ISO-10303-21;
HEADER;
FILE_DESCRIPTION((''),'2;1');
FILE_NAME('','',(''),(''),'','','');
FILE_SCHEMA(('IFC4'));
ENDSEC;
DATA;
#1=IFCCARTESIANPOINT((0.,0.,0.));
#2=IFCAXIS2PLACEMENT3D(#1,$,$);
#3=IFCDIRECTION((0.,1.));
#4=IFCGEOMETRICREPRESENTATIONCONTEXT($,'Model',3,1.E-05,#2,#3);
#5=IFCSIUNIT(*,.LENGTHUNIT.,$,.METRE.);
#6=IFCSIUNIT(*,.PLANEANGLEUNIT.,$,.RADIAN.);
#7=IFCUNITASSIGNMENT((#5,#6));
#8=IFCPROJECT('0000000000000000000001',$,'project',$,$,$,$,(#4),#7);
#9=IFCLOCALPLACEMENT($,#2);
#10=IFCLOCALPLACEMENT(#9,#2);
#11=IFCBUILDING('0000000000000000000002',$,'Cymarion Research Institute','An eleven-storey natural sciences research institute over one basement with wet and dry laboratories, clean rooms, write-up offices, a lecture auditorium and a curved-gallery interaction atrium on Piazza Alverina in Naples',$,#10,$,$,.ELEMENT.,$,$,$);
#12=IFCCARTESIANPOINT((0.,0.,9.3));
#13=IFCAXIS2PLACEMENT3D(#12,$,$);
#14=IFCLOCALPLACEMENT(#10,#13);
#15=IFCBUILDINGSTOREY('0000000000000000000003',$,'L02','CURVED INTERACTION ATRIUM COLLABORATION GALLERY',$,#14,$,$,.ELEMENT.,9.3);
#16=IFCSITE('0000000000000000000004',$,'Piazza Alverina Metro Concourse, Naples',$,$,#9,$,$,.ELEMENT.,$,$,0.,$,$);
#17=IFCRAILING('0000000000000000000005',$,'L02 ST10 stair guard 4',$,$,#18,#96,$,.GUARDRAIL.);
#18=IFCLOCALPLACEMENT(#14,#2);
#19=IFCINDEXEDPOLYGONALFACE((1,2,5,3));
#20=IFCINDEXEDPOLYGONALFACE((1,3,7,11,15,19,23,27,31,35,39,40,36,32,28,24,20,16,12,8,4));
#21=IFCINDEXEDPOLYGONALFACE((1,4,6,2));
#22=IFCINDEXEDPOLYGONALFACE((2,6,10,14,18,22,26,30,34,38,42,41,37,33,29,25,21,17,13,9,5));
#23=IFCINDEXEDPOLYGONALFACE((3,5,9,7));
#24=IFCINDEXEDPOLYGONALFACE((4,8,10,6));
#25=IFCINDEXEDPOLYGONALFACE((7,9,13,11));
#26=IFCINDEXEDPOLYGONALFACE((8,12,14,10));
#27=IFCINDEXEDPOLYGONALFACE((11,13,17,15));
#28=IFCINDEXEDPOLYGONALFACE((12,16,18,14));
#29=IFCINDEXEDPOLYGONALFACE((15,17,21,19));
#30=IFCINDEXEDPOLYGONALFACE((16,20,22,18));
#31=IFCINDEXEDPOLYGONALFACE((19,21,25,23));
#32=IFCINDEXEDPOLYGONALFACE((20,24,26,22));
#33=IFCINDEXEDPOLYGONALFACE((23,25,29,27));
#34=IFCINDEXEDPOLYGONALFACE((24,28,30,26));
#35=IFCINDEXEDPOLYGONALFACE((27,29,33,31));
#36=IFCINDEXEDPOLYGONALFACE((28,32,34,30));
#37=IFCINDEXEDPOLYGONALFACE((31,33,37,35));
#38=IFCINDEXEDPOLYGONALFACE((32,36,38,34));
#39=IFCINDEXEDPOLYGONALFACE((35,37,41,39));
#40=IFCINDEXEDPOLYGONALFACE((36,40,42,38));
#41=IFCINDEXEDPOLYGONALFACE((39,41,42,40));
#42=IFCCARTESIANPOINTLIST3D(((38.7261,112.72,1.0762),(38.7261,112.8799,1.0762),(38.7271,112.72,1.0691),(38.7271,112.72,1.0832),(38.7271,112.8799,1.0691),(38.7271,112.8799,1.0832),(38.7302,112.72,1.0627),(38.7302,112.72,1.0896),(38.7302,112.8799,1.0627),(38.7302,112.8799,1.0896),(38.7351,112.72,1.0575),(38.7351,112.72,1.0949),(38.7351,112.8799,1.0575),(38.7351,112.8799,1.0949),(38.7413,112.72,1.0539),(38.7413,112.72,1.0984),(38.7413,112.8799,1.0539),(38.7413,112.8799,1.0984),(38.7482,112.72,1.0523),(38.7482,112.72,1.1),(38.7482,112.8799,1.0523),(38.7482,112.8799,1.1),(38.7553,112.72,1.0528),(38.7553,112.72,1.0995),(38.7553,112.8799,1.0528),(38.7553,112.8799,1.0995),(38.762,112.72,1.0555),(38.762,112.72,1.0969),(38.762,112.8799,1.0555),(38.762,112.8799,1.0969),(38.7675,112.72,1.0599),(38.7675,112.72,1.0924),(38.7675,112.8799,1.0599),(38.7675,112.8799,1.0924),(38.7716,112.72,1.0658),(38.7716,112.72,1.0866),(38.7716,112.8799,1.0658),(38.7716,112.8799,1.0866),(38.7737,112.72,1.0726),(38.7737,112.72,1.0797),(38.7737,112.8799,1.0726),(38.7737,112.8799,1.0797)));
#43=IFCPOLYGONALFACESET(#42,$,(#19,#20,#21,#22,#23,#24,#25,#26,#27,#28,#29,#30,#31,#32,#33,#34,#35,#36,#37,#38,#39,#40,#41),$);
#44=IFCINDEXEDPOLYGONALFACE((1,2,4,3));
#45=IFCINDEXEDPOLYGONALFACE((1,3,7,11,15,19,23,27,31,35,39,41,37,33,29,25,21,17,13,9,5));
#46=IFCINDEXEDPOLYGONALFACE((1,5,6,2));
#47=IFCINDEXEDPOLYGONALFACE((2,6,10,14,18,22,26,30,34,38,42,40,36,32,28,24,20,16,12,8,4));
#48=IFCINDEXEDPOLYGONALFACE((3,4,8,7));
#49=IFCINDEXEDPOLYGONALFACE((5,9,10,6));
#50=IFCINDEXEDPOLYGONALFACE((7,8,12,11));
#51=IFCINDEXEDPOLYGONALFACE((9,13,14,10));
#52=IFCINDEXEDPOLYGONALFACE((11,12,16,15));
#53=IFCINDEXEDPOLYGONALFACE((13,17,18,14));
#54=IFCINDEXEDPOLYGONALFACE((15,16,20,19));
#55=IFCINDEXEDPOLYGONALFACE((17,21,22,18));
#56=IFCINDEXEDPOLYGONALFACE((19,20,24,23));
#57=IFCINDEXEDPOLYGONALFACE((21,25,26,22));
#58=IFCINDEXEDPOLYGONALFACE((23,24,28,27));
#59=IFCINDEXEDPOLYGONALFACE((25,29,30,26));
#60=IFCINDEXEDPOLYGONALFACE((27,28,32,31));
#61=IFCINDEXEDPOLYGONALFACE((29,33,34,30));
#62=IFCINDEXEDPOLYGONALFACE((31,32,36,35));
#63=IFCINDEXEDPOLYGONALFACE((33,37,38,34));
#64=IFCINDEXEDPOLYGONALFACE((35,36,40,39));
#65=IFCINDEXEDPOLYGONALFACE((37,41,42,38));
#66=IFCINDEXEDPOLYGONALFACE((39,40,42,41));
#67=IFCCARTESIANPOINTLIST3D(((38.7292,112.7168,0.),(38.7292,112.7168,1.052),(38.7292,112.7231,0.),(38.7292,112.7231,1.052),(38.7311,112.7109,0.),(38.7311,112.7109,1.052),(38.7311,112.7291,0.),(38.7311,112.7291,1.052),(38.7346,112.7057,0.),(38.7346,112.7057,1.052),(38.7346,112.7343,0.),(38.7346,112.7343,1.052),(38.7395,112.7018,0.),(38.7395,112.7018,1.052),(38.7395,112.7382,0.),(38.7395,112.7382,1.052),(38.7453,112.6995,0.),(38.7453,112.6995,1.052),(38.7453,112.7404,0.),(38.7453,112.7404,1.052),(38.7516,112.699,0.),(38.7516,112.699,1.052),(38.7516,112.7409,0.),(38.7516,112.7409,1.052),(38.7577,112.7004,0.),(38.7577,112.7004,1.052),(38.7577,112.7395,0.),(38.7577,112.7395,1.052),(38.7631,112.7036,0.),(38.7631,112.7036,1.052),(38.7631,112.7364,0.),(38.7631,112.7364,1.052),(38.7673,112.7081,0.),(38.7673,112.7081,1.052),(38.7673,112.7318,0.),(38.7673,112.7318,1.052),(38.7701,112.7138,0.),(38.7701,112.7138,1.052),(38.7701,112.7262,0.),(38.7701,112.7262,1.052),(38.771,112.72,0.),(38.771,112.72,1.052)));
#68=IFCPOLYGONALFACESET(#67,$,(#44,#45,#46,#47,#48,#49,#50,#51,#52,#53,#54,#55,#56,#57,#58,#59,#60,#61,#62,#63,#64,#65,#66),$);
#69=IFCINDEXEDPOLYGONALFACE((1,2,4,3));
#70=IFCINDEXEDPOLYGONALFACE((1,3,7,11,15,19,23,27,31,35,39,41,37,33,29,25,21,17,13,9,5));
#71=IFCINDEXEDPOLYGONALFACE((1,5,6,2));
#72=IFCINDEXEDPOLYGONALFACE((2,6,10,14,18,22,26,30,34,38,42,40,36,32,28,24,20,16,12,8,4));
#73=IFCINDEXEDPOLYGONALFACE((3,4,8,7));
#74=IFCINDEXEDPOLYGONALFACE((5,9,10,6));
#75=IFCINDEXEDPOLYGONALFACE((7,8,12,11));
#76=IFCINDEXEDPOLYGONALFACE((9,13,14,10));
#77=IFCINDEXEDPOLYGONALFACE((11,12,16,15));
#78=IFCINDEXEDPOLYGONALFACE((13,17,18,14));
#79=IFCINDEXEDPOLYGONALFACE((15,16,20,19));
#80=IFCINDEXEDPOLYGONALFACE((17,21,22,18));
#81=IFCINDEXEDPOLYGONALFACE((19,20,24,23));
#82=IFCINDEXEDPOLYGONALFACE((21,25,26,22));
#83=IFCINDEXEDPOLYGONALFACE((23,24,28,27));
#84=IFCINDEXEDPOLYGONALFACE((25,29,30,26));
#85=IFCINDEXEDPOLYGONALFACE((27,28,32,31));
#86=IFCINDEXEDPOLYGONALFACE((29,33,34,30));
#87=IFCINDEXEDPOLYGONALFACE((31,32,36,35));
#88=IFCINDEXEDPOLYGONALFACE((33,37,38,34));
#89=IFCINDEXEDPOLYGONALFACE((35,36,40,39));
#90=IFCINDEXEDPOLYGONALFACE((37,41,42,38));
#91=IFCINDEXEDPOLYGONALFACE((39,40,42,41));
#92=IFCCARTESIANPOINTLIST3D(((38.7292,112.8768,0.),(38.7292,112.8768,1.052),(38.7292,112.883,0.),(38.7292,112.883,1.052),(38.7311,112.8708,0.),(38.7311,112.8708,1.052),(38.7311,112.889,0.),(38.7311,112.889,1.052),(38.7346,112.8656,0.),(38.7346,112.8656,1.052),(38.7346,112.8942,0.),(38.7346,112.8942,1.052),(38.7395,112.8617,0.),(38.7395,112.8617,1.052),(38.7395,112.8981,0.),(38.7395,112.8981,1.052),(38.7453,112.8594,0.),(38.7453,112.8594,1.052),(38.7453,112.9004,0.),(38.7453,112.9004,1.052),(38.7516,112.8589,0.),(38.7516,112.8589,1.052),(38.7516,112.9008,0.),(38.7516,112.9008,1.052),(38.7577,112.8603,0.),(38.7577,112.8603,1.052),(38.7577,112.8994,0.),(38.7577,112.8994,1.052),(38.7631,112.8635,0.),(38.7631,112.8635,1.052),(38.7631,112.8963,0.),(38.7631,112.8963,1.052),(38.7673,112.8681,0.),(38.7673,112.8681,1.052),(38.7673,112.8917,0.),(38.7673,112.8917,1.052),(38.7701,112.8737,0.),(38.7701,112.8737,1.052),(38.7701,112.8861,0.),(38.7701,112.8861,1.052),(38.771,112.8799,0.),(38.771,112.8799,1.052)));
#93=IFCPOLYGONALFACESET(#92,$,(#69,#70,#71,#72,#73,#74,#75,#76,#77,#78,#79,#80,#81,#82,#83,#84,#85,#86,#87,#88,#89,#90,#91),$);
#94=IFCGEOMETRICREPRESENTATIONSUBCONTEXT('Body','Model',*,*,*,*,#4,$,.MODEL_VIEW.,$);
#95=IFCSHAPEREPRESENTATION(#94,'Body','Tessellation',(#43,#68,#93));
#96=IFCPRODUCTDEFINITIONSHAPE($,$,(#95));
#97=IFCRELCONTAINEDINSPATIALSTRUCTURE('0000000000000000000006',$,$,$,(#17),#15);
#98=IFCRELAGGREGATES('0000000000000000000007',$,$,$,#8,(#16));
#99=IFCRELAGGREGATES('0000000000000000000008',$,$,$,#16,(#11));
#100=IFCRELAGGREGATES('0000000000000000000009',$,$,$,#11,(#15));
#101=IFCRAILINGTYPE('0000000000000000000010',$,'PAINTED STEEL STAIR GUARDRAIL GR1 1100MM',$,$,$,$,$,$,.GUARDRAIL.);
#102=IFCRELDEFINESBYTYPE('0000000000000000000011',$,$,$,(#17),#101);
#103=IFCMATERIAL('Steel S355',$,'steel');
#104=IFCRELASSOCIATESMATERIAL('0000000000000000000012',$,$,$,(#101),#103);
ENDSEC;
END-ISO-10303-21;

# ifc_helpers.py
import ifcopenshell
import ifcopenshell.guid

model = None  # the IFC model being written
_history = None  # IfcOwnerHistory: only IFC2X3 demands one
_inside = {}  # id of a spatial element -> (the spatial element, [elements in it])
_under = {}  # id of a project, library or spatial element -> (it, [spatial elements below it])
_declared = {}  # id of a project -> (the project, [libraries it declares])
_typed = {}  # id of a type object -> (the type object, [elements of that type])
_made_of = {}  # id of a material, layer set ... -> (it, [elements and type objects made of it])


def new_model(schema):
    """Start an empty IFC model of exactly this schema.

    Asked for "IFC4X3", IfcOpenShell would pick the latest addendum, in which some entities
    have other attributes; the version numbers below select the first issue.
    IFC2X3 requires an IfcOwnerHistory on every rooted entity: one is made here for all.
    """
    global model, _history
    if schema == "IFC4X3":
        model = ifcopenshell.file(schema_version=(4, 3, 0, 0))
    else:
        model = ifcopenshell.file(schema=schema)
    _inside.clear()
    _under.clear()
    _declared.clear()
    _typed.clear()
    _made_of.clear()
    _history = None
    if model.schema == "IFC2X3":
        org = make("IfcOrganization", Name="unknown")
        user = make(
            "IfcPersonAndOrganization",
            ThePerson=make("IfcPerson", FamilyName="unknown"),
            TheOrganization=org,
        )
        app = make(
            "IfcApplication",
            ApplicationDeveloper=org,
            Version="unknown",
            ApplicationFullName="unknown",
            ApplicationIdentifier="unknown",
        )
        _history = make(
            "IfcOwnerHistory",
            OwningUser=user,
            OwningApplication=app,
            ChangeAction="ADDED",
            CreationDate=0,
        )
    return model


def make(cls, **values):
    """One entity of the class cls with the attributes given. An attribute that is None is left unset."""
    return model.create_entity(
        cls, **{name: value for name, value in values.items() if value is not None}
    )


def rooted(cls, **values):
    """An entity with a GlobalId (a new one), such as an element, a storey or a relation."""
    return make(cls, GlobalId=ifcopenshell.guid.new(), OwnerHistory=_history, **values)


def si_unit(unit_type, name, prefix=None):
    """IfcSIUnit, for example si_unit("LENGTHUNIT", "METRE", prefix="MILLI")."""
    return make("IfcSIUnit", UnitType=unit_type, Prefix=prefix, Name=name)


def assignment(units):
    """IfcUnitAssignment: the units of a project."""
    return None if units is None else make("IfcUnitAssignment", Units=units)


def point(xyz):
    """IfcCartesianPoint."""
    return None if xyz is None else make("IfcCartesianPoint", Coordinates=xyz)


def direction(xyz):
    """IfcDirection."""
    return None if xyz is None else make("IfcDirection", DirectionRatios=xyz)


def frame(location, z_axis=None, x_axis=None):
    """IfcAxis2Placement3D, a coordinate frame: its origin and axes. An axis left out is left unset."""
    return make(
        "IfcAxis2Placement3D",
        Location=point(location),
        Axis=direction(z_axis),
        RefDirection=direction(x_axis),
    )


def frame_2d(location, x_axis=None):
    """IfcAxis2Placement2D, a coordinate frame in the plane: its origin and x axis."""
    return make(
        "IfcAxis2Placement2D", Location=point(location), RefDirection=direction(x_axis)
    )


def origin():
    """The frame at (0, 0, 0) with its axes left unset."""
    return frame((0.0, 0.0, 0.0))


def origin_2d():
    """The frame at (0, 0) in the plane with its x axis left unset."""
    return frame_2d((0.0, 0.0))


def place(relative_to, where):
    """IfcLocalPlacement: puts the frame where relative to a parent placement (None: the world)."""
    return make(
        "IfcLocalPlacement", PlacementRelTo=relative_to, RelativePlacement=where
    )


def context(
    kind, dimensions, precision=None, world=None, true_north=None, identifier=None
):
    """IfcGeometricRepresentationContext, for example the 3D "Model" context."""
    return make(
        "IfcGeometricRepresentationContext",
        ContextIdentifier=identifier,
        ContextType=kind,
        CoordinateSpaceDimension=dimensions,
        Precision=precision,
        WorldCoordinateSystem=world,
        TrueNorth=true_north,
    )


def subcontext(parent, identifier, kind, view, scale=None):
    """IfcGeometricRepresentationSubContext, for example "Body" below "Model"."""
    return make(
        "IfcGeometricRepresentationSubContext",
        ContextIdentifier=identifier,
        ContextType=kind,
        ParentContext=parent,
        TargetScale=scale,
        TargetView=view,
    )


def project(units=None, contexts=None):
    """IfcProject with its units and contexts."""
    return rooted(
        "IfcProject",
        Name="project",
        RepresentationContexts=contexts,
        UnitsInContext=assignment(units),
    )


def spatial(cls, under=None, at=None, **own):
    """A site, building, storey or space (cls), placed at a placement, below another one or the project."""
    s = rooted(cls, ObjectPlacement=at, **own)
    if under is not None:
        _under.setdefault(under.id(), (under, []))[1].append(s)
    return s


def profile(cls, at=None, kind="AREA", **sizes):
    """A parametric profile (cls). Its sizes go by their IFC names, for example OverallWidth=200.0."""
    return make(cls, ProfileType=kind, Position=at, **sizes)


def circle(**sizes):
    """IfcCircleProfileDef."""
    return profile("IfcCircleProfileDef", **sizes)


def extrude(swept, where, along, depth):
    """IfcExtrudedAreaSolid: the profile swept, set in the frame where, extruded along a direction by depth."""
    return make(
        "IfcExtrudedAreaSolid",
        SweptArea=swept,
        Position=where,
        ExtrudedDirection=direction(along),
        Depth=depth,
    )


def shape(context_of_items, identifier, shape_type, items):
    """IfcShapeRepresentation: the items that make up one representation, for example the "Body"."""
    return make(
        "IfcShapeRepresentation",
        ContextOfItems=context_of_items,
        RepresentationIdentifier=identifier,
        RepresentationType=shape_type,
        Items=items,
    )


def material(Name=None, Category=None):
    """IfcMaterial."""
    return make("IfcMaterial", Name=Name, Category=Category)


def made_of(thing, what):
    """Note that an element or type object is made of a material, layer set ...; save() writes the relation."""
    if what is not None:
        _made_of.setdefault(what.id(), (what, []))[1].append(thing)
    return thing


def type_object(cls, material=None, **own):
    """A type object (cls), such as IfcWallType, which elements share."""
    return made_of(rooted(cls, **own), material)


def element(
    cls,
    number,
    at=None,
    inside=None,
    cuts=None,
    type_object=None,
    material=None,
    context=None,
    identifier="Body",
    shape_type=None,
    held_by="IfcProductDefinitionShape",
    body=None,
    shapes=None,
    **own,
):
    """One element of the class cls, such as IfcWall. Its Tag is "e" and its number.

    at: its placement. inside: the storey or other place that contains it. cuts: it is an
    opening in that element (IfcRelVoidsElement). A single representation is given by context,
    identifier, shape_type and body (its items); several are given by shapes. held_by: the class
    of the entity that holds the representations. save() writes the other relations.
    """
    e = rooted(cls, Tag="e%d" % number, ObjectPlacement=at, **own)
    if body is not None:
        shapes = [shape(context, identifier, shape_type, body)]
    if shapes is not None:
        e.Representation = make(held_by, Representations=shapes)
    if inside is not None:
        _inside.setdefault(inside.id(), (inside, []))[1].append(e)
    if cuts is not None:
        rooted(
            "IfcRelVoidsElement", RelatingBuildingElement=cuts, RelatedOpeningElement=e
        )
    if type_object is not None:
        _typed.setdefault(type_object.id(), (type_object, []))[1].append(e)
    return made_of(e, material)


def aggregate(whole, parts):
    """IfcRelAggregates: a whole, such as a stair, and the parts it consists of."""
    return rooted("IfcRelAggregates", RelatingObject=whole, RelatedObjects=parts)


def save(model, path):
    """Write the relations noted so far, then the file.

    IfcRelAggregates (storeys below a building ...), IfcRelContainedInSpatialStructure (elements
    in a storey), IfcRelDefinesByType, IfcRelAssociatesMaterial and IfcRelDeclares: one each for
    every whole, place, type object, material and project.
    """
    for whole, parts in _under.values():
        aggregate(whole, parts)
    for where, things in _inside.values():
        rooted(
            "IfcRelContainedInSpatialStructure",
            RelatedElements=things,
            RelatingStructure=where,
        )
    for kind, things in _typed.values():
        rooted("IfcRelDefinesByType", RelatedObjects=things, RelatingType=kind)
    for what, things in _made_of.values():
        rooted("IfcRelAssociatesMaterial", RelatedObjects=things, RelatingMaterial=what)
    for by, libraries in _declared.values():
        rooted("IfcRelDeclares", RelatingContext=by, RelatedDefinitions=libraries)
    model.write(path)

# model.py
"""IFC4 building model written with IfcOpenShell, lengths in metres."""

from ifc_helpers import new_model, si_unit, direction, frame, origin, origin_2d, place, context, subcontext, project, spatial, circle, extrude, material, type_object, element, save


model = new_model("IFC4")

# Units and contexts
model_context = context("Model", 3, precision=1e-05, world=origin(), true_north=direction((0.0, 1.0)))
body_context = subcontext(model_context, "Body", "Model", "MODEL_VIEW")
ifc_project = project(units=[si_unit("LENGTHUNIT", "METRE"), si_unit("PLANEANGLEUNIT", "RADIAN")], contexts=[model_context])

# Site, building, storey
site_placement = place(None, origin())
site = spatial("IfcSite", under=ifc_project, at=site_placement, Name="Piazza Alverina Metro Concourse, Naples", CompositionType="ELEMENT", RefElevation=0.0)
building_placement = place(site_placement, origin())
building = spatial("IfcBuilding", under=site, at=building_placement, Name="Cymarion Research Institute", Description="An eleven-storey natural sciences research institute over one basement with wet and dry laboratories, clean rooms, write-up offices, a lecture auditorium and a curved-gallery interaction atrium on Piazza Alverina in Naples", CompositionType="ELEMENT")
storey_placement = place(building_placement, frame((0.0, 0.0, 9.3)))
storey = spatial("IfcBuildingStorey", under=building, at=storey_placement, Name="L02", Description="CURVED INTERACTION ATRIUM COLLABORATION GALLERY", CompositionType="ELEMENT", Elevation=9.3)

# Shared definitions
ifc_material_1 = material(Name="Steel S355", Category="steel")

# Railing
railing_type_1 = type_object("IfcRailingType", Name="PAINTED STEEL STAIR GUARDRAIL GR1 1100MM", PredefinedType="GUARDRAIL", material=ifc_material_1)
railing_1_placement = place(storey_placement, frame((38.75, 112.72, 0.0)))
element("IfcRailing", 1, at=railing_1_placement, inside=storey, type_object=railing_type_1, Name="L02 ST10 stair guard 4", PredefinedType="GUARDRAIL", context=body_context, shape_type="SweptSolid", body=[
    extrude(circle(Radius=0.0239, at=origin_2d()), frame((0.0, 0.0, 1.0762), z_axis=(0.0, 1.0, 0.0), x_axis=(-1.0, 0.0, 0.0)), (0.0, 0.0, 1.0), 0.1599),
    extrude(circle(Radius=0.021, at=origin_2d()), origin(), (0.0, 0.0, 1.0), 1.052),
    extrude(circle(Radius=0.021, at=origin_2d()), frame((0.0, 0.1599, 0.0)), (0.0, 0.0, 1.0), 1.052),
])

save(model, "model.ifc")
